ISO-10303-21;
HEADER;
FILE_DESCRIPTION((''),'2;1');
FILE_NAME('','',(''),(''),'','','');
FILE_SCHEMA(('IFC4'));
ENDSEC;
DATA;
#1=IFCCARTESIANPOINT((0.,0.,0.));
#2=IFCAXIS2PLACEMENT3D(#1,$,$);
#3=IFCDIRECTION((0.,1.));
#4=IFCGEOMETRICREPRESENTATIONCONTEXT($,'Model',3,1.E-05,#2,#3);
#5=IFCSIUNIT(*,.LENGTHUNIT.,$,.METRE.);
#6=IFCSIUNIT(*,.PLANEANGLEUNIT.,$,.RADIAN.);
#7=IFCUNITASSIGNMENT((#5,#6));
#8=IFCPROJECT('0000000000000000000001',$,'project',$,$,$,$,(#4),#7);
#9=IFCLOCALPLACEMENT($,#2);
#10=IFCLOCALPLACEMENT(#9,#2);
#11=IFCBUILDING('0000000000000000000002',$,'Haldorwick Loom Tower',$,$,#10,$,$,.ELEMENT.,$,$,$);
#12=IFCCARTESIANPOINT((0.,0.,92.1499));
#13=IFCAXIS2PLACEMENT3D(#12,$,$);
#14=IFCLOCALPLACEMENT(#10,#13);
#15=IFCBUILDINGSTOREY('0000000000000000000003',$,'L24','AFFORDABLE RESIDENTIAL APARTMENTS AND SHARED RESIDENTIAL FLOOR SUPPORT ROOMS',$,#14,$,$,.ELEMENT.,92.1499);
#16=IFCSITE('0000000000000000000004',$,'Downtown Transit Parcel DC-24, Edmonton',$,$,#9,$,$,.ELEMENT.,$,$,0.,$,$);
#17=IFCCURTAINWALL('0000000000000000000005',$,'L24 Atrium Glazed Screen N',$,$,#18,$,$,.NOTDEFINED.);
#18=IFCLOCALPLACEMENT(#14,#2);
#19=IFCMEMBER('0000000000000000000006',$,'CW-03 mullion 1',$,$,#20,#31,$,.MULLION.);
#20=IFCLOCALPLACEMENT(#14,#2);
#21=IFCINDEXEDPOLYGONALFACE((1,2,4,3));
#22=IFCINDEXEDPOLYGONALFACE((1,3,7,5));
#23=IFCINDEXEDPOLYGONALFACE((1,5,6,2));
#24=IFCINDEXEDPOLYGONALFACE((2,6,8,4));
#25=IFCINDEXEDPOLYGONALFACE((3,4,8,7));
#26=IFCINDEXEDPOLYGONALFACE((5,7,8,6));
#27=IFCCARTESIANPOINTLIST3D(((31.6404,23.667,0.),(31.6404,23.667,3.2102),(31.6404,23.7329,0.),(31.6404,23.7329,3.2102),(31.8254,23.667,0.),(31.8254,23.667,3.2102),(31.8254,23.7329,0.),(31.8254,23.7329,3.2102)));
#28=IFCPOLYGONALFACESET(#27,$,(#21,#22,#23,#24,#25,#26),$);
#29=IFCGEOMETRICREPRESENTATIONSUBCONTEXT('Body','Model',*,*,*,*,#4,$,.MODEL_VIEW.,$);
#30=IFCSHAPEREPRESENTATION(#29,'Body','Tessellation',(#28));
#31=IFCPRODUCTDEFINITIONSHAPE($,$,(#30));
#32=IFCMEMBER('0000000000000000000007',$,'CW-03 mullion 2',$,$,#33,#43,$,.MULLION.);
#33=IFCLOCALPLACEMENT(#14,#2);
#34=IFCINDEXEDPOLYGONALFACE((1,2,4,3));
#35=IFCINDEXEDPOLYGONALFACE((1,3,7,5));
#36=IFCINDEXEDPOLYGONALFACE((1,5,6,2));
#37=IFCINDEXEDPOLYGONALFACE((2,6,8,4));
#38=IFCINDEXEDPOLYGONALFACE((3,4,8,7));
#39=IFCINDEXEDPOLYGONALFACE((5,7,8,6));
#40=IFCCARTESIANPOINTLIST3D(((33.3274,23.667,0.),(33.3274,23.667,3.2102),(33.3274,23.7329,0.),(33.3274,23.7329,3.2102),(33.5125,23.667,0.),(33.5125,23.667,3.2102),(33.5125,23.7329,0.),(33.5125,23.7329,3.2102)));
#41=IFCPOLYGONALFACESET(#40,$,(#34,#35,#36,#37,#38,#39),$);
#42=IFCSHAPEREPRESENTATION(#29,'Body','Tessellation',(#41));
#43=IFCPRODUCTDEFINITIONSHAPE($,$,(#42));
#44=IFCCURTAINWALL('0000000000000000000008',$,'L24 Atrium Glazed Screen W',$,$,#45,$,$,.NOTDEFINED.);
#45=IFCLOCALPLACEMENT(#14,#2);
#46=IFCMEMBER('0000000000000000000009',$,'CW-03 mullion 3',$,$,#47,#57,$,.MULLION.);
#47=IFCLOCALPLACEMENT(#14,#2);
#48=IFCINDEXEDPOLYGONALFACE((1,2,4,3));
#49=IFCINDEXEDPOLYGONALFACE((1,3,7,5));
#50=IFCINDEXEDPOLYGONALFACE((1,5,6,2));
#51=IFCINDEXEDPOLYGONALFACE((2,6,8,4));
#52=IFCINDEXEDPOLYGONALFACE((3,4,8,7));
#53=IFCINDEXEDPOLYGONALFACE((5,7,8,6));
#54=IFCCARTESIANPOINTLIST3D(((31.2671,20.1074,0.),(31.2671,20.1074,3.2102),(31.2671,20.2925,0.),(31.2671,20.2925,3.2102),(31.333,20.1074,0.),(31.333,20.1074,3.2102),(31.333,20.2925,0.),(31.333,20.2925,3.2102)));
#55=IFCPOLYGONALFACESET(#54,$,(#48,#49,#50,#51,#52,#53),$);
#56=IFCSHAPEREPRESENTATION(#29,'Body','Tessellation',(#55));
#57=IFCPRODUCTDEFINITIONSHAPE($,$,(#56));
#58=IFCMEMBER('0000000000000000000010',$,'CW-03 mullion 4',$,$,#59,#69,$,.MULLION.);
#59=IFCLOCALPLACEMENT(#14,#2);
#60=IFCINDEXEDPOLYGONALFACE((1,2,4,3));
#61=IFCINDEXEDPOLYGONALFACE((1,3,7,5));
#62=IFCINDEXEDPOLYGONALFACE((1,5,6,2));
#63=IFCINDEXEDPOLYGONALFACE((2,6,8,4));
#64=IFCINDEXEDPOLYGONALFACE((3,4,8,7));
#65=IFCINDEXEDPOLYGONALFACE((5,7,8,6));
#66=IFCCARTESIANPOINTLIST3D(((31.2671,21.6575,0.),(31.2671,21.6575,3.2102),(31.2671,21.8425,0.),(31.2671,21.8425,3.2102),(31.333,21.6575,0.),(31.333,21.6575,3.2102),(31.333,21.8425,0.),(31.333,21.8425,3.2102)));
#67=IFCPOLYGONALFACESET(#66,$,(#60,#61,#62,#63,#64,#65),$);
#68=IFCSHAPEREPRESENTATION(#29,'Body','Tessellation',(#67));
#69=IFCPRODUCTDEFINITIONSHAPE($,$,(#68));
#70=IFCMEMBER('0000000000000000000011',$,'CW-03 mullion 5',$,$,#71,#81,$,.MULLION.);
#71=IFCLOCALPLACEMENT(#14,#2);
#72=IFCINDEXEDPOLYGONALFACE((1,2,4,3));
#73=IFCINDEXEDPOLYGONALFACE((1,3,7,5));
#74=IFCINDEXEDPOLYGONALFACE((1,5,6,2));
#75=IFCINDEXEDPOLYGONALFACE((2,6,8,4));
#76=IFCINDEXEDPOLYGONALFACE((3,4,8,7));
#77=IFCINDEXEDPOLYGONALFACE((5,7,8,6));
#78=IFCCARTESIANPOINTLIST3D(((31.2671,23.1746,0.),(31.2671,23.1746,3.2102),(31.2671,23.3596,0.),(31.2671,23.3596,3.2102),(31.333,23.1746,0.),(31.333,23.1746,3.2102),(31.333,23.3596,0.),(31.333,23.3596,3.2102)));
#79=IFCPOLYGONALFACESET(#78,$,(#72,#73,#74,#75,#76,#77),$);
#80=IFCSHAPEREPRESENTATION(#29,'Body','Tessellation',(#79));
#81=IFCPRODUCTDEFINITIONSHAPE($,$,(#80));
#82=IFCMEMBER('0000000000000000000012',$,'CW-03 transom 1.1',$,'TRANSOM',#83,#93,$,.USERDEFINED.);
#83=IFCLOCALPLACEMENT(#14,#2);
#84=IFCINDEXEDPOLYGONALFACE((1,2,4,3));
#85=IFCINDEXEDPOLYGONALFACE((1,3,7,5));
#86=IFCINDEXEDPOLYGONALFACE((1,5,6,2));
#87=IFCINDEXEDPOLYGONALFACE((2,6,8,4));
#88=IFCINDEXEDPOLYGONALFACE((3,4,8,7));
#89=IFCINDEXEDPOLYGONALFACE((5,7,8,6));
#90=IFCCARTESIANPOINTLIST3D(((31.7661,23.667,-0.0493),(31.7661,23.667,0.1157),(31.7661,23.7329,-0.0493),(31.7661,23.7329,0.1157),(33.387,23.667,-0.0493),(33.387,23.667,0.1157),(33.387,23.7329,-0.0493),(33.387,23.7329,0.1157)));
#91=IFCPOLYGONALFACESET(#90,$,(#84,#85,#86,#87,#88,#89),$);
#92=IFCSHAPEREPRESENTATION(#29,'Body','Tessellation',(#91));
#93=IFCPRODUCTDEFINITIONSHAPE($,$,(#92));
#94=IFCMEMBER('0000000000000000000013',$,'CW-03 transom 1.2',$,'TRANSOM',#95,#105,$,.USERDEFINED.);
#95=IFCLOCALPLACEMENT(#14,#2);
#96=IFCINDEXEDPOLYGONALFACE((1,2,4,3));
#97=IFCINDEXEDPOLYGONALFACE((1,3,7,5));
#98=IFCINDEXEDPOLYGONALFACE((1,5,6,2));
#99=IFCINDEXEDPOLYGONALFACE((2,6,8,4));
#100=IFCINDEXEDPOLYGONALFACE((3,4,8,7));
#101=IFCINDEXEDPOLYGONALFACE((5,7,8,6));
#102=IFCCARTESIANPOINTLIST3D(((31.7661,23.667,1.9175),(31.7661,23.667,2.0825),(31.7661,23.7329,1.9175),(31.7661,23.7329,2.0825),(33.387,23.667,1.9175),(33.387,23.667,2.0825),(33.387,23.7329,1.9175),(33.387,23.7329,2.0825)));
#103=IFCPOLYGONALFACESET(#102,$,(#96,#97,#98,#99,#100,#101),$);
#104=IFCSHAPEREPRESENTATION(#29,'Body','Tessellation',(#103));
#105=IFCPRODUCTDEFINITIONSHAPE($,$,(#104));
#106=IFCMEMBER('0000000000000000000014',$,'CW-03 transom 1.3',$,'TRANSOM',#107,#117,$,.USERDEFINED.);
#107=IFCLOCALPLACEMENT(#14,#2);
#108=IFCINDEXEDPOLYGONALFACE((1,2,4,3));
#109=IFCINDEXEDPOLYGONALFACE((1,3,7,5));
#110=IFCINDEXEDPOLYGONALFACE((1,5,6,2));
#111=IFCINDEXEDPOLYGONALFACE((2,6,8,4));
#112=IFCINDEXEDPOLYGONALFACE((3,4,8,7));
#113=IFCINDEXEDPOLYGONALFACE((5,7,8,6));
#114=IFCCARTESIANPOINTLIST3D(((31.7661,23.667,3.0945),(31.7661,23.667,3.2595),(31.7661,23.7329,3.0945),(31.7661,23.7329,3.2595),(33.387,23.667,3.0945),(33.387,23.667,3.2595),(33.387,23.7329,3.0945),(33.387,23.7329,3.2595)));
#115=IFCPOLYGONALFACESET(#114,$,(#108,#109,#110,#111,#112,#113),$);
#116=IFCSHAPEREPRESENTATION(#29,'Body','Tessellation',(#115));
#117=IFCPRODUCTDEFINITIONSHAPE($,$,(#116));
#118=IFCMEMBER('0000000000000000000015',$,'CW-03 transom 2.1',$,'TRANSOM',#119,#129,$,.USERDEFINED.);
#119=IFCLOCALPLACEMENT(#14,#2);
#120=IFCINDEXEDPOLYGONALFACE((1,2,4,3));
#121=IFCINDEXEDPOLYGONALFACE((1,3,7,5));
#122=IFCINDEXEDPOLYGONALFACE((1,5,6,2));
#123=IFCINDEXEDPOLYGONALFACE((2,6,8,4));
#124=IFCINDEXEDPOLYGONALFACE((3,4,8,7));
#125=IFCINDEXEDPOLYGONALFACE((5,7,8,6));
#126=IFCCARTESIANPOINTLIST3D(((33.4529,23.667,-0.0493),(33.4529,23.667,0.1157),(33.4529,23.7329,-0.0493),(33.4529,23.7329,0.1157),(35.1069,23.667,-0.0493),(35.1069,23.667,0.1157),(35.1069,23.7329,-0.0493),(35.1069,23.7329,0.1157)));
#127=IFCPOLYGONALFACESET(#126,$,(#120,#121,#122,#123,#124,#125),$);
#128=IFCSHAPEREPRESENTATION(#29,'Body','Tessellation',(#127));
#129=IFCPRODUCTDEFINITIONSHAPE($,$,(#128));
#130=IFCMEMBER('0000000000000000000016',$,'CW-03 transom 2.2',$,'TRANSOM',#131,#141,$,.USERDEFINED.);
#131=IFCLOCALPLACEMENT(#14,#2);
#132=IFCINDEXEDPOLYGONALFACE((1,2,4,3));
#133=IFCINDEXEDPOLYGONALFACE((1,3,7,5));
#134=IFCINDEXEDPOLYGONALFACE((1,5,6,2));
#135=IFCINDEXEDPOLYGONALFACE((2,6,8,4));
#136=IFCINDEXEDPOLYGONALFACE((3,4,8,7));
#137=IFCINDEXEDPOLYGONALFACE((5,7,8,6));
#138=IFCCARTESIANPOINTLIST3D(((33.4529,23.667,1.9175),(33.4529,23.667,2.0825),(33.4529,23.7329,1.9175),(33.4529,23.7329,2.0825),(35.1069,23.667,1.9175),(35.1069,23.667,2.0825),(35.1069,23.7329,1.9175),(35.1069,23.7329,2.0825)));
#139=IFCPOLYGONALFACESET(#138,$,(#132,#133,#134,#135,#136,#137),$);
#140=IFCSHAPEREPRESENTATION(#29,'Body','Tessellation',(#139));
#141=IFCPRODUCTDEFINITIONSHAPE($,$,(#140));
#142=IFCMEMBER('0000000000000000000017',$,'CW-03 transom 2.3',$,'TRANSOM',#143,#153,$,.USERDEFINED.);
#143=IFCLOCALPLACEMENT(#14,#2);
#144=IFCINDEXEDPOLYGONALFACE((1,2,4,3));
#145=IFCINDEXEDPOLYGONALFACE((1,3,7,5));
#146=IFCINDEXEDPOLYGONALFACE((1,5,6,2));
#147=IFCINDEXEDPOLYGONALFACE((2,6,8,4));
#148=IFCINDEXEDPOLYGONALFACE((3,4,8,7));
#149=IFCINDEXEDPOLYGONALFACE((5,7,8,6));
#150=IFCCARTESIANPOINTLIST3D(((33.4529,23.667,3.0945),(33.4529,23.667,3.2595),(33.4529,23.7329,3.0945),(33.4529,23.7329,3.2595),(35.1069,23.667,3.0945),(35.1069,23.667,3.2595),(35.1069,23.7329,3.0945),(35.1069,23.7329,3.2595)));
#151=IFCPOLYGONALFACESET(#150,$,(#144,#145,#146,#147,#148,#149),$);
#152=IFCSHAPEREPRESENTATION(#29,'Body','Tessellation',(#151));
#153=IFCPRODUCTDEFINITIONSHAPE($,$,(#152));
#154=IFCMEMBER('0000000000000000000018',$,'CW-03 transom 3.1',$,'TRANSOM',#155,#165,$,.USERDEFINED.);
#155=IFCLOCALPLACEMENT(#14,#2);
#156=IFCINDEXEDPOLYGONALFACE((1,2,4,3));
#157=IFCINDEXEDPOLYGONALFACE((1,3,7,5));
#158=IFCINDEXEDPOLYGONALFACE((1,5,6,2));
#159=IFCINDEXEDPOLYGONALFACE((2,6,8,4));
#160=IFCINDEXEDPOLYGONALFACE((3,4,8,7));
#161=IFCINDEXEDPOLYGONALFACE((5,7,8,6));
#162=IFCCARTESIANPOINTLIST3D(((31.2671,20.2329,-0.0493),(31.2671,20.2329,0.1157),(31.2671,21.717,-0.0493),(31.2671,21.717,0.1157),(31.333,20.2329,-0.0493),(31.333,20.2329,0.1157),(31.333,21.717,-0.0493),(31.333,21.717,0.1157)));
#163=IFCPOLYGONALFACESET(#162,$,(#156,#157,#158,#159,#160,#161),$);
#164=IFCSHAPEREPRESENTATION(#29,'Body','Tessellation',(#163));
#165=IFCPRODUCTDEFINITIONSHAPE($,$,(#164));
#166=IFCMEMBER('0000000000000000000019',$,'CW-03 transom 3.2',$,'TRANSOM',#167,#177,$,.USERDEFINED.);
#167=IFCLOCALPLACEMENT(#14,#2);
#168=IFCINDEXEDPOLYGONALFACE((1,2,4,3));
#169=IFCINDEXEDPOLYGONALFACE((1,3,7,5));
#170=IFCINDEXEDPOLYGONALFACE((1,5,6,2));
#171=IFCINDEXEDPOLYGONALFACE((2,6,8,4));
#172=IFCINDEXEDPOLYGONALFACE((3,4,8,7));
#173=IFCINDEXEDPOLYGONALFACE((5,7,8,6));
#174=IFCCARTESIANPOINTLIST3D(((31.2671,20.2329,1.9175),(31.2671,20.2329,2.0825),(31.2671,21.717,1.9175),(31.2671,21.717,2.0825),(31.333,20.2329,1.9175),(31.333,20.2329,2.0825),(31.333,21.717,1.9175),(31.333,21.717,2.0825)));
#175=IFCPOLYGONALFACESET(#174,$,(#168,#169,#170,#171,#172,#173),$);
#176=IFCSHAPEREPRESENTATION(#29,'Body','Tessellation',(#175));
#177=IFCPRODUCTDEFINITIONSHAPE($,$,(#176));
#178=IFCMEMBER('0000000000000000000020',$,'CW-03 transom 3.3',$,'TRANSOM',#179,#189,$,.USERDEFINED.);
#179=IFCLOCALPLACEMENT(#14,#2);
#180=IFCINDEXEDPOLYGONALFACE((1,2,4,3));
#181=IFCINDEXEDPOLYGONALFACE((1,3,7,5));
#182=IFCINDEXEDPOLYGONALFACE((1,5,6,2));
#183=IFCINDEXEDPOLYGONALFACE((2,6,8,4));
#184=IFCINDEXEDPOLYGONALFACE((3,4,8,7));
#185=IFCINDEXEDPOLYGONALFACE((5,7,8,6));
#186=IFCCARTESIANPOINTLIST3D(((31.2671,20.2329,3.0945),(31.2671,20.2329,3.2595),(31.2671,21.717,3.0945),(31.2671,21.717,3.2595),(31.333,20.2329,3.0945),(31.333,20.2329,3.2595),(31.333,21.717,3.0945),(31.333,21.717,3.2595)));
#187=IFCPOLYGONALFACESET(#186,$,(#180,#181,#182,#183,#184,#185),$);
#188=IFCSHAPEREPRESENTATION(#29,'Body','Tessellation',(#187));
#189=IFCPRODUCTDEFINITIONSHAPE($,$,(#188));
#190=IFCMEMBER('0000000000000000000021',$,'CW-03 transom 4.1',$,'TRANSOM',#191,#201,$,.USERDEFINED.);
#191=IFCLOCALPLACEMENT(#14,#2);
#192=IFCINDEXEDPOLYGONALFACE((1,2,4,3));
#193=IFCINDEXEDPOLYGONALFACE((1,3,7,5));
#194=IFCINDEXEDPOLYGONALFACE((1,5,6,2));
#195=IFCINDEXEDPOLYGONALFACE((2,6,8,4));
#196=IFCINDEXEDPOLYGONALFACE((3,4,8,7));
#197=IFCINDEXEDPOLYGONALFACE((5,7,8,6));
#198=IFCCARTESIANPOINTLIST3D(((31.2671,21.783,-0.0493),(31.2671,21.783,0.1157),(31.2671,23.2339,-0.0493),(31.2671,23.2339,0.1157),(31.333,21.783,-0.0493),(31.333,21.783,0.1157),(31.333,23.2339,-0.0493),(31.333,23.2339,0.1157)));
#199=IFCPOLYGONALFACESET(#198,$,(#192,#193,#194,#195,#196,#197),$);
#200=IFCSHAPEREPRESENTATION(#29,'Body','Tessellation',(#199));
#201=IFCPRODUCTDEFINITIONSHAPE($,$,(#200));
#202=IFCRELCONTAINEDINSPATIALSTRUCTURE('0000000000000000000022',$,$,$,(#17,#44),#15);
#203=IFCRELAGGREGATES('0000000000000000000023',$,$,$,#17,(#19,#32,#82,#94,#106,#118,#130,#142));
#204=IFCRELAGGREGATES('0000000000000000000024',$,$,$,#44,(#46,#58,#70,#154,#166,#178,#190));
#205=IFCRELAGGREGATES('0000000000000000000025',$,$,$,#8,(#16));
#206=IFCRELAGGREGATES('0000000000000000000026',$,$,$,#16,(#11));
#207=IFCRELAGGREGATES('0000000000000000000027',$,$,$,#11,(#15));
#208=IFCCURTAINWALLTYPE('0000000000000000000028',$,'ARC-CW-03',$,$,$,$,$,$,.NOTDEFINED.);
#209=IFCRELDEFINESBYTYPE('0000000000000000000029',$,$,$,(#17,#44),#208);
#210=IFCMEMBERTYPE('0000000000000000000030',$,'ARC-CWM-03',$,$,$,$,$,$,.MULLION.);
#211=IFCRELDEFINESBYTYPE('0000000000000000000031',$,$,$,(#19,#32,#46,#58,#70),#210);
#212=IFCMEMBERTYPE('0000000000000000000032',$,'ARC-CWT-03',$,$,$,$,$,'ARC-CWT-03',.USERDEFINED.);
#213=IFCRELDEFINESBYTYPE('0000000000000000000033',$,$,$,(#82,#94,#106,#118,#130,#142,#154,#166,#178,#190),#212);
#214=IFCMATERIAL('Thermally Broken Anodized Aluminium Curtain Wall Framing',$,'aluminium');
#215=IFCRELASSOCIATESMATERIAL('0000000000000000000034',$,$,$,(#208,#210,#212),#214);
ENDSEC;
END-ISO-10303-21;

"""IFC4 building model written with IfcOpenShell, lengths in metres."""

from ifc_helpers import new_model, si_unit, direction, frame, origin, origin_2d, place, context, subcontext, project, spatial, rectangle, extrude, material, material_profile, profile_set, type_object, element, aggregate, save


model = new_model("IFC4")

# Units and contexts
model_context = context("Model", 3, precision=1e-05, world=origin(), true_north=direction((0.0, 1.0)))
body_context = subcontext(model_context, "Body", "Model", "MODEL_VIEW")
ifc_project = project(units=[si_unit("LENGTHUNIT", "METRE"), si_unit("PLANEANGLEUNIT", "RADIAN")], contexts=[model_context])

# Site, building, storey
site_placement = place(None, origin())
site = spatial("IfcSite", under=ifc_project, at=site_placement, Name="Downtown Transit Parcel DC-24, Edmonton", CompositionType="ELEMENT", RefElevation=0.0)
building_placement = place(site_placement, origin())
building = spatial("IfcBuilding", under=site, at=building_placement, Name="Haldorwick Loom Tower", CompositionType="ELEMENT")
storey_placement = place(building_placement, frame((0.0, 0.0, 92.1499)))
storey = spatial("IfcBuildingStorey", under=building, at=storey_placement, Name="L24", Description="AFFORDABLE RESIDENTIAL APARTMENTS AND SHARED RESIDENTIAL FLOOR SUPPORT ROOMS", CompositionType="ELEMENT", Elevation=92.1499)

# Curtain walls, members
ifc_material_1 = material(Name="Thermally Broken Anodized Aluminium Curtain Wall Framing", Category="aluminium")
curtain_wall_type = type_object("IfcCurtainWallType", Name="ARC-CW-03", PredefinedType="NOTDEFINED", material=ifc_material_1)
curtain_wall_1_placement = place(storey_placement, origin())
curtain_wall_1 = element("IfcCurtainWall", 1, at=curtain_wall_1_placement, inside=storey, type_object=curtain_wall_type, Name="L24 Atrium Glazed Screen N", PredefinedType="NOTDEFINED")
ifc_material_profile_1 = material_profile(ifc_material_1, rectangle(XDim=0.0659, YDim=0.1851, at=origin_2d()), Name="ALU_MUL_66X185", Category="aluminium")
ifc_profile_set_1 = profile_set([ifc_material_profile_1], Name="Thermally Broken Anodized Aluminium Curtain Wall Framing")
member_type_1 = type_object("IfcMemberType", Name="ARC-CWM-03", PredefinedType="MULLION", material=ifc_profile_set_1)
member_1_placement = place(storey_placement, frame((31.7329, 23.7, 0.0), z_axis=(0.0, 0.0, 1.0), x_axis=(0.0, 1.0, 0.0)))
member_1 = element("IfcMember", 2, at=member_1_placement, type_object=member_type_1, Name="CW-03 mullion 1", PredefinedType="MULLION", context=body_context, shape_type="SweptSolid", body=[
    extrude(rectangle(XDim=0.0659, YDim=0.1851, at=origin_2d()), origin(), (0.0, 0.0, 1.0), 3.2102),
])
member_2_placement = place(storey_placement, frame((33.4199, 23.7, 0.0), z_axis=(0.0, 0.0, 1.0), x_axis=(0.0, 1.0, 0.0)))
member_2 = element("IfcMember", 3, at=member_2_placement, type_object=member_type_1, Name="CW-03 mullion 2", PredefinedType="MULLION", context=body_context, shape_type="SweptSolid", body=[
    extrude(rectangle(XDim=0.0659, YDim=0.1851, at=origin_2d()), origin(), (0.0, 0.0, 1.0), 3.2102),
])
curtain_wall_2_placement = place(storey_placement, origin())
curtain_wall_2 = element("IfcCurtainWall", 4, at=curtain_wall_2_placement, inside=storey, type_object=curtain_wall_type, Name="L24 Atrium Glazed Screen W", PredefinedType="NOTDEFINED")
member_3_placement = place(storey_placement, frame((31.3, 20.2, 0.0), z_axis=(0.0, 0.0, 1.0), x_axis=(-1.0, 0.0, 0.0)))
member_3 = element("IfcMember", 5, at=member_3_placement, type_object=member_type_1, Name="CW-03 mullion 3", PredefinedType="MULLION", context=body_context, shape_type="SweptSolid", body=[
    extrude(rectangle(XDim=0.0659, YDim=0.1851, at=origin_2d()), origin(), (0.0, 0.0, 1.0), 3.2102),
])
member_4_placement = place(storey_placement, frame((31.3, 21.75, 0.0), z_axis=(0.0, 0.0, 1.0), x_axis=(-1.0, 0.0, 0.0)))
member_4 = element("IfcMember", 6, at=member_4_placement, type_object=member_type_1, Name="CW-03 mullion 4", PredefinedType="MULLION", context=body_context, shape_type="SweptSolid", body=[
    extrude(rectangle(XDim=0.0659, YDim=0.1851, at=origin_2d()), origin(), (0.0, 0.0, 1.0), 3.2102),
])
member_5_placement = place(storey_placement, frame((31.3, 23.2671, 0.0), z_axis=(0.0, 0.0, 1.0), x_axis=(-1.0, 0.0, 0.0)))
member_5 = element("IfcMember", 7, at=member_5_placement, type_object=member_type_1, Name="CW-03 mullion 5", PredefinedType="MULLION", context=body_context, shape_type="SweptSolid", body=[
    extrude(rectangle(XDim=0.0659, YDim=0.1851, at=origin_2d()), origin(), (0.0, 0.0, 1.0), 3.2102),
])

# Members
ifc_material_profile_2 = material_profile(ifc_material_1, rectangle(XDim=0.0659, YDim=0.165, at=origin_2d()), Name="ALU_TRN_66X165", Category="aluminium")
ifc_profile_set_2 = profile_set([ifc_material_profile_2], Name="Thermally Broken Anodized Aluminium Curtain Wall Framing")
member_type_2 = type_object("IfcMemberType", Name="ARC-CWT-03", ElementType="ARC-CWT-03", PredefinedType="USERDEFINED", material=ifc_profile_set_2)
member_6_placement = place(storey_placement, frame((31.7661, 23.7, 0.0332), z_axis=(1.0, 0.0, 0.0), x_axis=(0.0, 1.0, 0.0)))
member_6 = element("IfcMember", 8, at=member_6_placement, type_object=member_type_2, Name="CW-03 transom 1.1", ObjectType="TRANSOM", PredefinedType="USERDEFINED", context=body_context, shape_type="SweptSolid", body=[
    extrude(rectangle(XDim=0.0659, YDim=0.165, at=origin_2d()), origin(), (0.0, 0.0, 1.0), 1.6208),
])
member_7_placement = place(storey_placement, frame((31.7661, 23.7, 2.0), z_axis=(1.0, 0.0, 0.0), x_axis=(0.0, 1.0, 0.0)))
member_7 = element("IfcMember", 9, at=member_7_placement, type_object=member_type_2, Name="CW-03 transom 1.2", ObjectType="TRANSOM", PredefinedType="USERDEFINED", context=body_context, shape_type="SweptSolid", body=[
    extrude(rectangle(XDim=0.0659, YDim=0.165, at=origin_2d()), origin(), (0.0, 0.0, 1.0), 1.6208),
])
member_8_placement = place(storey_placement, frame((31.7661, 23.7, 3.177), z_axis=(1.0, 0.0, 0.0), x_axis=(0.0, 1.0, 0.0)))
member_8 = element("IfcMember", 10, at=member_8_placement, type_object=member_type_2, Name="CW-03 transom 1.3", ObjectType="TRANSOM", PredefinedType="USERDEFINED", context=body_context, shape_type="SweptSolid", body=[
    extrude(rectangle(XDim=0.0659, YDim=0.165, at=origin_2d()), origin(), (0.0, 0.0, 1.0), 1.6208),
])
member_9_placement = place(storey_placement, frame((33.4529, 23.7, 0.0332), z_axis=(1.0, 0.0, 0.0), x_axis=(0.0, 1.0, 0.0)))
member_9 = element("IfcMember", 11, at=member_9_placement, type_object=member_type_2, Name="CW-03 transom 2.1", ObjectType="TRANSOM", PredefinedType="USERDEFINED", context=body_context, shape_type="SweptSolid", body=[
    extrude(rectangle(XDim=0.0659, YDim=0.165, at=origin_2d()), origin(), (0.0, 0.0, 1.0), 1.6541),
])
member_10_placement = place(storey_placement, frame((33.4529, 23.7, 2.0), z_axis=(1.0, 0.0, 0.0), x_axis=(0.0, 1.0, 0.0)))
member_10 = element("IfcMember", 12, at=member_10_placement, type_object=member_type_2, Name="CW-03 transom 2.2", ObjectType="TRANSOM", PredefinedType="USERDEFINED", context=body_context, shape_type="SweptSolid", body=[
    extrude(rectangle(XDim=0.0659, YDim=0.165, at=origin_2d()), origin(), (0.0, 0.0, 1.0), 1.6541),
])
member_11_placement = place(storey_placement, frame((33.4529, 23.7, 3.177), z_axis=(1.0, 0.0, 0.0), x_axis=(0.0, 1.0, 0.0)))
member_11 = element("IfcMember", 13, at=member_11_placement, type_object=member_type_2, Name="CW-03 transom 2.3", ObjectType="TRANSOM", PredefinedType="USERDEFINED", context=body_context, shape_type="SweptSolid", body=[
    extrude(rectangle(XDim=0.0659, YDim=0.165, at=origin_2d()), origin(), (0.0, 0.0, 1.0), 1.6541),
])
member_12_placement = place(storey_placement, frame((31.3, 20.2329, 0.0332), z_axis=(0.0, 1.0, 0.0), x_axis=(-1.0, 0.0, 0.0)))
member_12 = element("IfcMember", 14, at=member_12_placement, type_object=member_type_2, Name="CW-03 transom 3.1", ObjectType="TRANSOM", PredefinedType="USERDEFINED", context=body_context, shape_type="SweptSolid", body=[
    extrude(rectangle(XDim=0.0659, YDim=0.165, at=origin_2d()), origin(), (0.0, 0.0, 1.0), 1.4841),
])
member_13_placement = place(storey_placement, frame((31.3, 20.2329, 2.0), z_axis=(0.0, 1.0, 0.0), x_axis=(-1.0, 0.0, 0.0)))
member_13 = element("IfcMember", 15, at=member_13_placement, type_object=member_type_2, Name="CW-03 transom 3.2", ObjectType="TRANSOM", PredefinedType="USERDEFINED", context=body_context, shape_type="SweptSolid", body=[
    extrude(rectangle(XDim=0.0659, YDim=0.165, at=origin_2d()), origin(), (0.0, 0.0, 1.0), 1.4841),
])
member_14_placement = place(storey_placement, frame((31.3, 20.2329, 3.177), z_axis=(0.0, 1.0, 0.0), x_axis=(-1.0, 0.0, 0.0)))
member_14 = element("IfcMember", 16, at=member_14_placement, type_object=member_type_2, Name="CW-03 transom 3.3", ObjectType="TRANSOM", PredefinedType="USERDEFINED", context=body_context, shape_type="SweptSolid", body=[
    extrude(rectangle(XDim=0.0659, YDim=0.165, at=origin_2d()), origin(), (0.0, 0.0, 1.0), 1.4841),
])
member_15_placement = place(storey_placement, frame((31.3, 21.783, 0.0332), z_axis=(0.0, 1.0, 0.0), x_axis=(-1.0, 0.0, 0.0)))
member_15 = element("IfcMember", 17, at=member_15_placement, type_object=member_type_2, Name="CW-03 transom 4.1", ObjectType="TRANSOM", PredefinedType="USERDEFINED", context=body_context, shape_type="SweptSolid", body=[
    extrude(rectangle(XDim=0.0659, YDim=0.165, at=origin_2d()), origin(), (0.0, 0.0, 1.0), 1.4509),
])

aggregate(curtain_wall_1, [member_1, member_2, member_6, member_7, member_8, member_9, member_10, member_11])
aggregate(curtain_wall_2, [member_3, member_4, member_5, member_12, member_13, member_14, member_15])

save(model, "model.ifc")
